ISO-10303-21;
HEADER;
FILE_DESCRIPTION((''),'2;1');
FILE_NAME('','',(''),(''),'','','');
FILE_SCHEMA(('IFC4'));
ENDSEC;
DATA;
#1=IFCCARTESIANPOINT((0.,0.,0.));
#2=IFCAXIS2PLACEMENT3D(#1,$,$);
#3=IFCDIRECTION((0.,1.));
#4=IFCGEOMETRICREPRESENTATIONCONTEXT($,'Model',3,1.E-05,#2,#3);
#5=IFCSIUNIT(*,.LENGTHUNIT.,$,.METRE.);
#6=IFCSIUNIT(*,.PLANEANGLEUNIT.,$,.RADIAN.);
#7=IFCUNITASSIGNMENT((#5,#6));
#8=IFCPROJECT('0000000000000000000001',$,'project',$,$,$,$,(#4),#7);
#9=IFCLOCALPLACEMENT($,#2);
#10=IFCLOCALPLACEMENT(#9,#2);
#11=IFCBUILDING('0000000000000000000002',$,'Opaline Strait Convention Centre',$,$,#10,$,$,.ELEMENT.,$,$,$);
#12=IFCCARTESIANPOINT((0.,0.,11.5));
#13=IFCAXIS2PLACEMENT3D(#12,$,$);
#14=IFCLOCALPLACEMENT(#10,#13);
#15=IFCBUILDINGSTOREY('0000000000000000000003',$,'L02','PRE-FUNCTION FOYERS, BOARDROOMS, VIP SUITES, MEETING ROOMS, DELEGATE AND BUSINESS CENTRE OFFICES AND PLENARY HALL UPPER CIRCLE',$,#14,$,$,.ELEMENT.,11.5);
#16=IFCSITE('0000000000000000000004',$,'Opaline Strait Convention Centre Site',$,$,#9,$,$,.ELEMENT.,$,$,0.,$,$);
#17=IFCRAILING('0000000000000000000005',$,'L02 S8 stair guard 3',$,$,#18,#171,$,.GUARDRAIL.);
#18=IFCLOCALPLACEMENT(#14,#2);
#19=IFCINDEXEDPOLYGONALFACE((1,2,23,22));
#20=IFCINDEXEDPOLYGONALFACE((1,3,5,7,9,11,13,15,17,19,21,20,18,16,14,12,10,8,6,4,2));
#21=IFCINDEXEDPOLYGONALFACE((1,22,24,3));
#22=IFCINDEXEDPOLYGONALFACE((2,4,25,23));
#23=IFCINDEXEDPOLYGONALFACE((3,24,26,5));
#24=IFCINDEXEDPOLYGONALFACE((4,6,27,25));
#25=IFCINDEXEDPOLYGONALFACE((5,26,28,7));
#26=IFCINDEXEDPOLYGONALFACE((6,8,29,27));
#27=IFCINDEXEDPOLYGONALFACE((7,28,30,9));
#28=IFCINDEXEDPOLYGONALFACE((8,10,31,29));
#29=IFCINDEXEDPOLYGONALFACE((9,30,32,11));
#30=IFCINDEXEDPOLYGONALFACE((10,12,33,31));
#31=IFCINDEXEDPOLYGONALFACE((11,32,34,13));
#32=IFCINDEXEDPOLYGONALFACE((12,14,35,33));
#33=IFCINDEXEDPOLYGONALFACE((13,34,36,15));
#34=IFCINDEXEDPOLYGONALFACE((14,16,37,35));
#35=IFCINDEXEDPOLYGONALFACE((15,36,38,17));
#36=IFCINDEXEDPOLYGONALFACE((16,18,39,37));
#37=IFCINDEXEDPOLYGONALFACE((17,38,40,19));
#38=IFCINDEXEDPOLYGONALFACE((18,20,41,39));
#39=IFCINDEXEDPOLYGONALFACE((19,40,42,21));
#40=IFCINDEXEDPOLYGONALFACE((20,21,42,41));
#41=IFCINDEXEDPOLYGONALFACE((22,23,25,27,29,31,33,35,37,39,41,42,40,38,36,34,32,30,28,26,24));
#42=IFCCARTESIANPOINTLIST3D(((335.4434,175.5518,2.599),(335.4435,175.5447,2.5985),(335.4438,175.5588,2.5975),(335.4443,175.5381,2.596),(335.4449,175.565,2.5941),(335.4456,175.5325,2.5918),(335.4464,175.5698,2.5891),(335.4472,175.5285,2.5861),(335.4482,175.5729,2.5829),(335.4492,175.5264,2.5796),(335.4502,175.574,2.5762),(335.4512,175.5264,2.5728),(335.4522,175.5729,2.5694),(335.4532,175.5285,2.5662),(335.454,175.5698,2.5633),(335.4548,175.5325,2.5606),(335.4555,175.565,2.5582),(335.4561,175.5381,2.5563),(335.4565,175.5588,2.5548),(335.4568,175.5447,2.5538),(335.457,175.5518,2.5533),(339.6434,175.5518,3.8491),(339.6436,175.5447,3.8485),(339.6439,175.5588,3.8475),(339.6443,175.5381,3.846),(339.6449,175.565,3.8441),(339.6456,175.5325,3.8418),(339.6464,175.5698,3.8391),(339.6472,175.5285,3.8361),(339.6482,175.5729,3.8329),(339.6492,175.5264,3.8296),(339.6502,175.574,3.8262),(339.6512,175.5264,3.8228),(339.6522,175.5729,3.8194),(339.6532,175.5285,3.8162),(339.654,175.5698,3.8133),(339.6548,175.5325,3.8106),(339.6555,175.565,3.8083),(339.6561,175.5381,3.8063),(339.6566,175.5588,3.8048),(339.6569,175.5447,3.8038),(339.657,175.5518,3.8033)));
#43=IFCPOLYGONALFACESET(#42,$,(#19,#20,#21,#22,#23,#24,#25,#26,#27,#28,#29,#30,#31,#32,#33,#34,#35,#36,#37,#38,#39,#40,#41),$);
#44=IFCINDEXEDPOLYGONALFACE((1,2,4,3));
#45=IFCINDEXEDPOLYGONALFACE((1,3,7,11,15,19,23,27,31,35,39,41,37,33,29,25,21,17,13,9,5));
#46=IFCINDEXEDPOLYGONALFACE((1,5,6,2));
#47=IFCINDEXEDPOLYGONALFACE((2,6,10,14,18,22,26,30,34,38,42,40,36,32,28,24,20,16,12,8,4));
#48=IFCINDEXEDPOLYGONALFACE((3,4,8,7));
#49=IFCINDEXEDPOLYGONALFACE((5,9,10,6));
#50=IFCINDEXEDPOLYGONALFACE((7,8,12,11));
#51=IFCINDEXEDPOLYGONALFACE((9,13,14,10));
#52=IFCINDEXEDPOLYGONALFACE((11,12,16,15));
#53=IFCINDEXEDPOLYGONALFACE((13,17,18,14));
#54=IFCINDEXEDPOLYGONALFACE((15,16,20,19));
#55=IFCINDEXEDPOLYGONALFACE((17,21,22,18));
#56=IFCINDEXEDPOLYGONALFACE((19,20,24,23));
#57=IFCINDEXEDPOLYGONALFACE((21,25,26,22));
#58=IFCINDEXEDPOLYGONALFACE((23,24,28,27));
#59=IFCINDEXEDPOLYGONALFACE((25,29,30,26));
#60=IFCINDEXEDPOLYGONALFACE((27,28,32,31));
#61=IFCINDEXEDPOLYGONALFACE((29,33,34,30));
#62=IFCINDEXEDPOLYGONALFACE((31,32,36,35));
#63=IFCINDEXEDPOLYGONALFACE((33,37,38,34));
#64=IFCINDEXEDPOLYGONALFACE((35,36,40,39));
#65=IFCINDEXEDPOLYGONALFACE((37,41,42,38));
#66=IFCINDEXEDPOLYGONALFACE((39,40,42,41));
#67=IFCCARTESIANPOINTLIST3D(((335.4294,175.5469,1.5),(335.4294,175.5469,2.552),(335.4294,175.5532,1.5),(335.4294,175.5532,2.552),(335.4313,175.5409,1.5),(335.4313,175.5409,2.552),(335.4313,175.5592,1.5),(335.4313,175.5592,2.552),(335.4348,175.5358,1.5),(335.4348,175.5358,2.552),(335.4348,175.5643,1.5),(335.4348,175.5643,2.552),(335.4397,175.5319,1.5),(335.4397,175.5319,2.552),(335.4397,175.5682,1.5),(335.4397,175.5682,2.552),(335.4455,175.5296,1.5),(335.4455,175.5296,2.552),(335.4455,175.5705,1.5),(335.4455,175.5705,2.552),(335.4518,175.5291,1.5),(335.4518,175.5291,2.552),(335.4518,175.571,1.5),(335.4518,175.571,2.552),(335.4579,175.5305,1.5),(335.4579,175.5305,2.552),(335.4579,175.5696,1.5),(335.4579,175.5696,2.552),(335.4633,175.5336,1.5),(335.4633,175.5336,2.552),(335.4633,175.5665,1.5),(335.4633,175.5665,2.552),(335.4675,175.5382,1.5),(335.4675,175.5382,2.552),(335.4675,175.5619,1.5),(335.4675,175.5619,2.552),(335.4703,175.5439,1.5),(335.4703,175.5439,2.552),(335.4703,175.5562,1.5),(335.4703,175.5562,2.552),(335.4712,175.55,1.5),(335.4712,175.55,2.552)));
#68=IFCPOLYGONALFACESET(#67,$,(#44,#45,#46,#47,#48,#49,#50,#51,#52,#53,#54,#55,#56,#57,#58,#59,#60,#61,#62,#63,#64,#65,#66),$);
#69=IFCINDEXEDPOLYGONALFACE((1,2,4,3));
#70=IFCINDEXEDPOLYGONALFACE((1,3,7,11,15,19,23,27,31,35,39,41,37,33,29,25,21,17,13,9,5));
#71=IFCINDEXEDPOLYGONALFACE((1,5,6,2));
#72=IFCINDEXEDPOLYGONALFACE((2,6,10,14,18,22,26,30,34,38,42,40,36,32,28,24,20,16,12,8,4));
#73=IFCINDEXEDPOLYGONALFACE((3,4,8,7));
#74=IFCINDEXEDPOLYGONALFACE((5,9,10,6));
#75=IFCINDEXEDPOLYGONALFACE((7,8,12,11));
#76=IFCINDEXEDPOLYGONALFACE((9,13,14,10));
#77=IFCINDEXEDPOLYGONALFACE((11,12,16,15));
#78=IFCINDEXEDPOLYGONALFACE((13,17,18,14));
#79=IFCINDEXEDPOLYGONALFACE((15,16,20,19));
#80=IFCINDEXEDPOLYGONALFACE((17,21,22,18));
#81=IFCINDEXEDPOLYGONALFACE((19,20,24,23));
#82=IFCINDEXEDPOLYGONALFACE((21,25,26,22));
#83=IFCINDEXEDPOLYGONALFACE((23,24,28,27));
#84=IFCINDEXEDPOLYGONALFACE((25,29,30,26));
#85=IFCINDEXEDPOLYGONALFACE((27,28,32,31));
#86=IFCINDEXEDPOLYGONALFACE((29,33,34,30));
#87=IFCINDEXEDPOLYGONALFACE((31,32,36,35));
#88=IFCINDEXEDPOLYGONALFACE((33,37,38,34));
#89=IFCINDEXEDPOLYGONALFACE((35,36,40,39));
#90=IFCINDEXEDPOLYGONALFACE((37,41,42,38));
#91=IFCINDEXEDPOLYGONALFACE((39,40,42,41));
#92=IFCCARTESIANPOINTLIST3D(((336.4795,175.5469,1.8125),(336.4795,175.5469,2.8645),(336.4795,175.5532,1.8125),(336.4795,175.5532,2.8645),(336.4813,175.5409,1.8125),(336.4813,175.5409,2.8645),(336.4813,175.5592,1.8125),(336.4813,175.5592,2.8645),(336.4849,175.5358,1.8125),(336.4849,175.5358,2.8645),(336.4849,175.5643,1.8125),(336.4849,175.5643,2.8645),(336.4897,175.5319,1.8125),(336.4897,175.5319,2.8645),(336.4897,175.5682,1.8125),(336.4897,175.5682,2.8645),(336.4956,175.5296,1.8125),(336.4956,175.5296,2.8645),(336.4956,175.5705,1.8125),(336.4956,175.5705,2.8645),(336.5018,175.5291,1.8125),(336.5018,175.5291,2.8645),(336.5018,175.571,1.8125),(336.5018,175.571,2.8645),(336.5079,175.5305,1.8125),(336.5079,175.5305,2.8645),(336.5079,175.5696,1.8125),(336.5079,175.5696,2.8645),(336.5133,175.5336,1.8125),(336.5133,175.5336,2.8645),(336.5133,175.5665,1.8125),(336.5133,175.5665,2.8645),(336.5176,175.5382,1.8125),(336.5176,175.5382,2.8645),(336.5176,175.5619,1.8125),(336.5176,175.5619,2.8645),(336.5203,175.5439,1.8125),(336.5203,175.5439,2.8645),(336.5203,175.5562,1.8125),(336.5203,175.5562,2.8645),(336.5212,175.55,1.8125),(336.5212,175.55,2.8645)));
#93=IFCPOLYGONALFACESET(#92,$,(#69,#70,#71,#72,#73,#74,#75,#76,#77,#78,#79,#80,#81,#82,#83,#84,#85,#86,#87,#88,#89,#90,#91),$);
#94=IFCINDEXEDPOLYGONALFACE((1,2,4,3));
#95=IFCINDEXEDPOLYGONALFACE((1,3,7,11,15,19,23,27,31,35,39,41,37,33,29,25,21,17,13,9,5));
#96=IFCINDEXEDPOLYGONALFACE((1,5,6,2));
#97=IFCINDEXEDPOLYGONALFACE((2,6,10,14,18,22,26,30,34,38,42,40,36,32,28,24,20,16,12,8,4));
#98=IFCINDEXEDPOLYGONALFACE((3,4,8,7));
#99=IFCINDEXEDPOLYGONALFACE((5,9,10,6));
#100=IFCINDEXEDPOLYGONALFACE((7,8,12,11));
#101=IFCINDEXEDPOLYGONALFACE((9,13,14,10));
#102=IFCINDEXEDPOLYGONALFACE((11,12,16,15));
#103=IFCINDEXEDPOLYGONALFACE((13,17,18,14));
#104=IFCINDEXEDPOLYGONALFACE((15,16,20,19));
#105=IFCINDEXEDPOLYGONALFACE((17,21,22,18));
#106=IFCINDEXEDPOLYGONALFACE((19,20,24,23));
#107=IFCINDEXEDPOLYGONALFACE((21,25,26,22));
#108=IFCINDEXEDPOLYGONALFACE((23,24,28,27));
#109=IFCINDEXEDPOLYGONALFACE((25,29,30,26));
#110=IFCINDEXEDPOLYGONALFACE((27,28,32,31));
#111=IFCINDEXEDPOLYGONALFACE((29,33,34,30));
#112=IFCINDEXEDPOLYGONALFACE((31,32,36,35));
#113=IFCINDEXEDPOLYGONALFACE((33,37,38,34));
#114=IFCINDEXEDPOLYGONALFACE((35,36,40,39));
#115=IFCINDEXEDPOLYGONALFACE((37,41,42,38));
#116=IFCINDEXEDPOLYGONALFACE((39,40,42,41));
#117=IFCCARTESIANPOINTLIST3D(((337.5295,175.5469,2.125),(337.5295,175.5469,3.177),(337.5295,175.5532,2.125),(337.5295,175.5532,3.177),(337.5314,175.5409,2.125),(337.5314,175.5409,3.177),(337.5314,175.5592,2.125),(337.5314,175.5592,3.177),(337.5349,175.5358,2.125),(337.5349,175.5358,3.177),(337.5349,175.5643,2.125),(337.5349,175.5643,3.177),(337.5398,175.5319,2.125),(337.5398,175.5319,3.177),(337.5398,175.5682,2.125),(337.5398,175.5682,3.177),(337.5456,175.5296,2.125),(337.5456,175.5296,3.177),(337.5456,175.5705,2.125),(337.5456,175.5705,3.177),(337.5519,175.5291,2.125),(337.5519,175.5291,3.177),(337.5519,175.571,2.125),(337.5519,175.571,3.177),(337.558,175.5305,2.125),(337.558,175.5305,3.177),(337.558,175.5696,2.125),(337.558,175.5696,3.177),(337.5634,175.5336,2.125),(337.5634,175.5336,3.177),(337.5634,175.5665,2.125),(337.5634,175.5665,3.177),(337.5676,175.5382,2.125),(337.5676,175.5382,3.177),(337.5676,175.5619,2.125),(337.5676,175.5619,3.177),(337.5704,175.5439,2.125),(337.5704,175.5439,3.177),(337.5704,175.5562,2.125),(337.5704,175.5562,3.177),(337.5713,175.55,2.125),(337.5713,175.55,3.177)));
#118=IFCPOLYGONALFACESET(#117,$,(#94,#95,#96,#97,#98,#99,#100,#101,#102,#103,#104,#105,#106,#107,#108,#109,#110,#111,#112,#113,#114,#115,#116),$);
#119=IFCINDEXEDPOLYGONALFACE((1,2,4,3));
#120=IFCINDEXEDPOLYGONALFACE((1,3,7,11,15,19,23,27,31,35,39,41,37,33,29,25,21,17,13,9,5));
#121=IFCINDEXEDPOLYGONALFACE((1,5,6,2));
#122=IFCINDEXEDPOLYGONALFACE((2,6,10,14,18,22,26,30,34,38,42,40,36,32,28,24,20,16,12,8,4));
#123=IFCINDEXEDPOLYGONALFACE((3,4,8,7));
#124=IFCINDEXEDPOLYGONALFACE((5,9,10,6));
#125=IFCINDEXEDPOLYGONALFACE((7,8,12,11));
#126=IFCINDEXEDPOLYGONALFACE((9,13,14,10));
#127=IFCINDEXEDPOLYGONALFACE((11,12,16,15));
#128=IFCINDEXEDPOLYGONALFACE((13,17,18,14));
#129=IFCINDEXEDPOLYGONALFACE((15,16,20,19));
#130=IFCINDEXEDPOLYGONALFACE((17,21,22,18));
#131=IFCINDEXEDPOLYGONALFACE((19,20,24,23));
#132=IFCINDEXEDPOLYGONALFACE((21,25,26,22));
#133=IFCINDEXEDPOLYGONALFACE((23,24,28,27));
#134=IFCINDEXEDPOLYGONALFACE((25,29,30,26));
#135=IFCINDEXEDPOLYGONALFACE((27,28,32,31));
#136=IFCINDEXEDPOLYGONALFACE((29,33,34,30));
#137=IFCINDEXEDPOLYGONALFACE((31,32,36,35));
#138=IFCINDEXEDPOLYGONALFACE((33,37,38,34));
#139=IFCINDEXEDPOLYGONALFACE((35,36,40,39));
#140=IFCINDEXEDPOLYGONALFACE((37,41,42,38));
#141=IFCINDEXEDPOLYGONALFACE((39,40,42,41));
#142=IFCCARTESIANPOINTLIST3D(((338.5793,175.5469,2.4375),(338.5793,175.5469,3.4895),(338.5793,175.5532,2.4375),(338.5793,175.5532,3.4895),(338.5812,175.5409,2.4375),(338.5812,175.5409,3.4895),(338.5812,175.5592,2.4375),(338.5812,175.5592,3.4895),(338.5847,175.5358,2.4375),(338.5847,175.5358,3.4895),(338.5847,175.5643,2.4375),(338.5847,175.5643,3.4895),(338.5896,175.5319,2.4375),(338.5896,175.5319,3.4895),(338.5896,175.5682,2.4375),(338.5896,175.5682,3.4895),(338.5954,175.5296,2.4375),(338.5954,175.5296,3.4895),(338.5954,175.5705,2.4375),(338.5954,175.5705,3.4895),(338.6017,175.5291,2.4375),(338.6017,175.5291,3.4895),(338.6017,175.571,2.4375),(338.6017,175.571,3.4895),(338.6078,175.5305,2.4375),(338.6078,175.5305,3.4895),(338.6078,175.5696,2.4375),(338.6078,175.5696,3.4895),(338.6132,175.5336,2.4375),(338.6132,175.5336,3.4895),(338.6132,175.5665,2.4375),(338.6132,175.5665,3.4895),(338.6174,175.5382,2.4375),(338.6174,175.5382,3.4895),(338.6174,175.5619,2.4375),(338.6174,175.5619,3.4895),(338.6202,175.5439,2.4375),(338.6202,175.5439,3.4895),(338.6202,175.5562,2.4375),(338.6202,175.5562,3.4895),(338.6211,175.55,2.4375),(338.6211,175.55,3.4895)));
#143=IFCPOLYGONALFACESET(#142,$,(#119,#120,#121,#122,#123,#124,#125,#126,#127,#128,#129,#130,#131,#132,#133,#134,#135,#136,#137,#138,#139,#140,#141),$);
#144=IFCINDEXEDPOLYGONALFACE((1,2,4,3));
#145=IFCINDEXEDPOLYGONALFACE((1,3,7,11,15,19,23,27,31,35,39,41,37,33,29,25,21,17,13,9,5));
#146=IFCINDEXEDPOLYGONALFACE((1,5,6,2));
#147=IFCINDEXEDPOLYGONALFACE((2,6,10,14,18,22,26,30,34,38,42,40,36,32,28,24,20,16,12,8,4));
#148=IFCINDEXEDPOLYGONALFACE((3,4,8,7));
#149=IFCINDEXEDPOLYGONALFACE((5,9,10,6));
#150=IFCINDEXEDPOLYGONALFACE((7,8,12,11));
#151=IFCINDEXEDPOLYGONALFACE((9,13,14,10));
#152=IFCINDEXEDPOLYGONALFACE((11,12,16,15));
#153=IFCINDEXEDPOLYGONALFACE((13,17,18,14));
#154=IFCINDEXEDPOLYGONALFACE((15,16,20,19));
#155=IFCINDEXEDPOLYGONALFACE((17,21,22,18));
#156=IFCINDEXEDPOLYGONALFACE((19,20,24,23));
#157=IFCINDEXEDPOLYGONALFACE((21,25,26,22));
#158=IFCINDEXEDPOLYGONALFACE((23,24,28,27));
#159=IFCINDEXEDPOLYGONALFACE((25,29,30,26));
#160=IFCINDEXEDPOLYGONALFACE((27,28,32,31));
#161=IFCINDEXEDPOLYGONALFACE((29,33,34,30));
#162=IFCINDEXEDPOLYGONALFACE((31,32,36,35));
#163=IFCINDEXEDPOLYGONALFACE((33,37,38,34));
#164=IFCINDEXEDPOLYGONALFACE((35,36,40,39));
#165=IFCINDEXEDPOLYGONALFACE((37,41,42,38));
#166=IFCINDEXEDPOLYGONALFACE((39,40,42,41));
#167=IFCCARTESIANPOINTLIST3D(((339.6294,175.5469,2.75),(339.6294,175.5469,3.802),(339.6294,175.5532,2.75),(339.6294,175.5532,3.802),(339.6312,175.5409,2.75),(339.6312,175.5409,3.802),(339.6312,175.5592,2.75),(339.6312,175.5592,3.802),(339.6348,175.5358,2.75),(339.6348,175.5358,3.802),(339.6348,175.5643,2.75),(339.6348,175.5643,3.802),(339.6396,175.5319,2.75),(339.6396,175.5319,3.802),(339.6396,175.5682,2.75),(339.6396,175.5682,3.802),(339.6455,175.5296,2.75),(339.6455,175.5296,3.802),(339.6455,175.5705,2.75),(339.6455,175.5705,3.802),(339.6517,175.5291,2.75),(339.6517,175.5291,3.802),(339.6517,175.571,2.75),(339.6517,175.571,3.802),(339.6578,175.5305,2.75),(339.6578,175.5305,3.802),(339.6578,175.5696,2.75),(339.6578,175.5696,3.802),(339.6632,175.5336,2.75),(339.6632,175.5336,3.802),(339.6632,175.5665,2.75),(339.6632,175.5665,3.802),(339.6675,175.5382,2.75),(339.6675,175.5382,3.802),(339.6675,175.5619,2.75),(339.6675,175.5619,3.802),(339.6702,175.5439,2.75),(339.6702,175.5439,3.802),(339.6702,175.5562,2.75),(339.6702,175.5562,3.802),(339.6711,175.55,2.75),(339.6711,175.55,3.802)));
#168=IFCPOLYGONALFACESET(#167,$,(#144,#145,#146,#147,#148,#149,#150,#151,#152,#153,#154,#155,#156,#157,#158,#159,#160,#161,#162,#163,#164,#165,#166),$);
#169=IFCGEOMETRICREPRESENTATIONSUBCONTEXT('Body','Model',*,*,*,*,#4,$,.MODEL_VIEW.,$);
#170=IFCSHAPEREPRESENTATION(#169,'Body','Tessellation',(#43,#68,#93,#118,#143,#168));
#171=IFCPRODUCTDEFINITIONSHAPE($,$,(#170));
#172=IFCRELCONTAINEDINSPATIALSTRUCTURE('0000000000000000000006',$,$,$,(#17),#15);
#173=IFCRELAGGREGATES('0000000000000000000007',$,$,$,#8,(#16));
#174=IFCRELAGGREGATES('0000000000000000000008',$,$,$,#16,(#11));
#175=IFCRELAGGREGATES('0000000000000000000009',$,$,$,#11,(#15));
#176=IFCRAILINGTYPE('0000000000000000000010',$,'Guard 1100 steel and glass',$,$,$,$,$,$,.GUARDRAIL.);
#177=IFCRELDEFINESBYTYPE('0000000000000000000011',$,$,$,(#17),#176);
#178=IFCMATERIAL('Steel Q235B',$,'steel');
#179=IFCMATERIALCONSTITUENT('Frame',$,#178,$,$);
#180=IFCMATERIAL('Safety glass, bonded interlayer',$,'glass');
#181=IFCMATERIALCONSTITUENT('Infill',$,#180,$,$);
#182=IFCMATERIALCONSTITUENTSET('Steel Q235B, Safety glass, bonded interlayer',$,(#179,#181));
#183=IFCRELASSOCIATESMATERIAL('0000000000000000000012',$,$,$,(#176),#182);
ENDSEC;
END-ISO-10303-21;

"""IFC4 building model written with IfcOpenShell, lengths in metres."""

from ifc_helpers import new_model, si_unit, direction, frame, origin, origin_2d, place, context, subcontext, project, spatial, circle, extrude, material, constituent, constituent_set, type_object, element, save


model = new_model("IFC4")

# Units and contexts
model_context = context("Model", 3, precision=1e-05, world=origin(), true_north=direction((0.0, 1.0)))
body_context = subcontext(model_context, "Body", "Model", "MODEL_VIEW")
ifc_project = project(units=[si_unit("LENGTHUNIT", "METRE"), si_unit("PLANEANGLEUNIT", "RADIAN")], contexts=[model_context])

# Site, building, storey
site_placement = place(None, origin())
site = spatial("IfcSite", under=ifc_project, at=site_placement, Name="Opaline Strait Convention Centre Site", CompositionType="ELEMENT", RefElevation=0.0)
building_placement = place(site_placement, origin())
building = spatial("IfcBuilding", under=site, at=building_placement, Name="Opaline Strait Convention Centre", CompositionType="ELEMENT")
storey_placement = place(building_placement, frame((0.0, 0.0, 11.5)))
storey = spatial("IfcBuildingStorey", under=building, at=storey_placement, Name="L02", Description="PRE-FUNCTION FOYERS, BOARDROOMS, VIP SUITES, MEETING ROOMS, DELEGATE AND BUSINESS CENTRE OFFICES AND PLENARY HALL UPPER CIRCLE", CompositionType="ELEMENT", Elevation=11.5)

# Railing
ifc_material_1 = material(Name="Steel Q235B", Category="steel")
ifc_constituent_1 = constituent(ifc_material_1, Name="Frame")
ifc_material_2 = material(Name="Safety glass, bonded interlayer", Category="glass")
ifc_constituent_2 = constituent(ifc_material_2, Name="Infill")
ifc_constituent_set = constituent_set(constituents=[ifc_constituent_1, ifc_constituent_2], Name="Steel Q235B, Safety glass, bonded interlayer")
railing_type = type_object("IfcRailingType", Name="Guard 1100 steel and glass", PredefinedType="GUARDRAIL", material=ifc_constituent_set)
railing_1_placement = place(storey_placement, frame((335.4502, 175.55, 1.5)))
element("IfcRailing", 1, at=railing_1_placement, inside=storey, type_object=railing_type, Name="L02 S8 stair guard 3", PredefinedType="GUARDRAIL", context=body_context, shape_type="SweptSolid", body=[
    extrude(circle(Radius=0.0239, at=origin_2d()), frame((0.0, 0.0, 1.0762), z_axis=(0.958451, 0.0, 0.285257), x_axis=(0.0, 1.0, 0.0)), (0.0, 0.0, 1.0), 4.3821),
    extrude(circle(Radius=0.021, at=origin_2d()), origin(), (0.0, 0.0, 1.0), 1.052),
    extrude(circle(Radius=0.021, at=origin_2d()), frame((1.05, 0.0, 0.3125)), (0.0, 0.0, 1.0), 1.052),
    extrude(circle(Radius=0.021, at=origin_2d()), frame((2.1001, 0.0, 0.625)), (0.0, 0.0, 1.0), 1.052),
    extrude(circle(Radius=0.021, at=origin_2d()), frame((3.1499, 0.0, 0.9375)), (0.0, 0.0, 1.0), 1.052),
    extrude(circle(Radius=0.021, at=origin_2d()), frame((4.2, 0.0, 1.25)), (0.0, 0.0, 1.0), 1.052),
])

save(model, "model.ifc")
